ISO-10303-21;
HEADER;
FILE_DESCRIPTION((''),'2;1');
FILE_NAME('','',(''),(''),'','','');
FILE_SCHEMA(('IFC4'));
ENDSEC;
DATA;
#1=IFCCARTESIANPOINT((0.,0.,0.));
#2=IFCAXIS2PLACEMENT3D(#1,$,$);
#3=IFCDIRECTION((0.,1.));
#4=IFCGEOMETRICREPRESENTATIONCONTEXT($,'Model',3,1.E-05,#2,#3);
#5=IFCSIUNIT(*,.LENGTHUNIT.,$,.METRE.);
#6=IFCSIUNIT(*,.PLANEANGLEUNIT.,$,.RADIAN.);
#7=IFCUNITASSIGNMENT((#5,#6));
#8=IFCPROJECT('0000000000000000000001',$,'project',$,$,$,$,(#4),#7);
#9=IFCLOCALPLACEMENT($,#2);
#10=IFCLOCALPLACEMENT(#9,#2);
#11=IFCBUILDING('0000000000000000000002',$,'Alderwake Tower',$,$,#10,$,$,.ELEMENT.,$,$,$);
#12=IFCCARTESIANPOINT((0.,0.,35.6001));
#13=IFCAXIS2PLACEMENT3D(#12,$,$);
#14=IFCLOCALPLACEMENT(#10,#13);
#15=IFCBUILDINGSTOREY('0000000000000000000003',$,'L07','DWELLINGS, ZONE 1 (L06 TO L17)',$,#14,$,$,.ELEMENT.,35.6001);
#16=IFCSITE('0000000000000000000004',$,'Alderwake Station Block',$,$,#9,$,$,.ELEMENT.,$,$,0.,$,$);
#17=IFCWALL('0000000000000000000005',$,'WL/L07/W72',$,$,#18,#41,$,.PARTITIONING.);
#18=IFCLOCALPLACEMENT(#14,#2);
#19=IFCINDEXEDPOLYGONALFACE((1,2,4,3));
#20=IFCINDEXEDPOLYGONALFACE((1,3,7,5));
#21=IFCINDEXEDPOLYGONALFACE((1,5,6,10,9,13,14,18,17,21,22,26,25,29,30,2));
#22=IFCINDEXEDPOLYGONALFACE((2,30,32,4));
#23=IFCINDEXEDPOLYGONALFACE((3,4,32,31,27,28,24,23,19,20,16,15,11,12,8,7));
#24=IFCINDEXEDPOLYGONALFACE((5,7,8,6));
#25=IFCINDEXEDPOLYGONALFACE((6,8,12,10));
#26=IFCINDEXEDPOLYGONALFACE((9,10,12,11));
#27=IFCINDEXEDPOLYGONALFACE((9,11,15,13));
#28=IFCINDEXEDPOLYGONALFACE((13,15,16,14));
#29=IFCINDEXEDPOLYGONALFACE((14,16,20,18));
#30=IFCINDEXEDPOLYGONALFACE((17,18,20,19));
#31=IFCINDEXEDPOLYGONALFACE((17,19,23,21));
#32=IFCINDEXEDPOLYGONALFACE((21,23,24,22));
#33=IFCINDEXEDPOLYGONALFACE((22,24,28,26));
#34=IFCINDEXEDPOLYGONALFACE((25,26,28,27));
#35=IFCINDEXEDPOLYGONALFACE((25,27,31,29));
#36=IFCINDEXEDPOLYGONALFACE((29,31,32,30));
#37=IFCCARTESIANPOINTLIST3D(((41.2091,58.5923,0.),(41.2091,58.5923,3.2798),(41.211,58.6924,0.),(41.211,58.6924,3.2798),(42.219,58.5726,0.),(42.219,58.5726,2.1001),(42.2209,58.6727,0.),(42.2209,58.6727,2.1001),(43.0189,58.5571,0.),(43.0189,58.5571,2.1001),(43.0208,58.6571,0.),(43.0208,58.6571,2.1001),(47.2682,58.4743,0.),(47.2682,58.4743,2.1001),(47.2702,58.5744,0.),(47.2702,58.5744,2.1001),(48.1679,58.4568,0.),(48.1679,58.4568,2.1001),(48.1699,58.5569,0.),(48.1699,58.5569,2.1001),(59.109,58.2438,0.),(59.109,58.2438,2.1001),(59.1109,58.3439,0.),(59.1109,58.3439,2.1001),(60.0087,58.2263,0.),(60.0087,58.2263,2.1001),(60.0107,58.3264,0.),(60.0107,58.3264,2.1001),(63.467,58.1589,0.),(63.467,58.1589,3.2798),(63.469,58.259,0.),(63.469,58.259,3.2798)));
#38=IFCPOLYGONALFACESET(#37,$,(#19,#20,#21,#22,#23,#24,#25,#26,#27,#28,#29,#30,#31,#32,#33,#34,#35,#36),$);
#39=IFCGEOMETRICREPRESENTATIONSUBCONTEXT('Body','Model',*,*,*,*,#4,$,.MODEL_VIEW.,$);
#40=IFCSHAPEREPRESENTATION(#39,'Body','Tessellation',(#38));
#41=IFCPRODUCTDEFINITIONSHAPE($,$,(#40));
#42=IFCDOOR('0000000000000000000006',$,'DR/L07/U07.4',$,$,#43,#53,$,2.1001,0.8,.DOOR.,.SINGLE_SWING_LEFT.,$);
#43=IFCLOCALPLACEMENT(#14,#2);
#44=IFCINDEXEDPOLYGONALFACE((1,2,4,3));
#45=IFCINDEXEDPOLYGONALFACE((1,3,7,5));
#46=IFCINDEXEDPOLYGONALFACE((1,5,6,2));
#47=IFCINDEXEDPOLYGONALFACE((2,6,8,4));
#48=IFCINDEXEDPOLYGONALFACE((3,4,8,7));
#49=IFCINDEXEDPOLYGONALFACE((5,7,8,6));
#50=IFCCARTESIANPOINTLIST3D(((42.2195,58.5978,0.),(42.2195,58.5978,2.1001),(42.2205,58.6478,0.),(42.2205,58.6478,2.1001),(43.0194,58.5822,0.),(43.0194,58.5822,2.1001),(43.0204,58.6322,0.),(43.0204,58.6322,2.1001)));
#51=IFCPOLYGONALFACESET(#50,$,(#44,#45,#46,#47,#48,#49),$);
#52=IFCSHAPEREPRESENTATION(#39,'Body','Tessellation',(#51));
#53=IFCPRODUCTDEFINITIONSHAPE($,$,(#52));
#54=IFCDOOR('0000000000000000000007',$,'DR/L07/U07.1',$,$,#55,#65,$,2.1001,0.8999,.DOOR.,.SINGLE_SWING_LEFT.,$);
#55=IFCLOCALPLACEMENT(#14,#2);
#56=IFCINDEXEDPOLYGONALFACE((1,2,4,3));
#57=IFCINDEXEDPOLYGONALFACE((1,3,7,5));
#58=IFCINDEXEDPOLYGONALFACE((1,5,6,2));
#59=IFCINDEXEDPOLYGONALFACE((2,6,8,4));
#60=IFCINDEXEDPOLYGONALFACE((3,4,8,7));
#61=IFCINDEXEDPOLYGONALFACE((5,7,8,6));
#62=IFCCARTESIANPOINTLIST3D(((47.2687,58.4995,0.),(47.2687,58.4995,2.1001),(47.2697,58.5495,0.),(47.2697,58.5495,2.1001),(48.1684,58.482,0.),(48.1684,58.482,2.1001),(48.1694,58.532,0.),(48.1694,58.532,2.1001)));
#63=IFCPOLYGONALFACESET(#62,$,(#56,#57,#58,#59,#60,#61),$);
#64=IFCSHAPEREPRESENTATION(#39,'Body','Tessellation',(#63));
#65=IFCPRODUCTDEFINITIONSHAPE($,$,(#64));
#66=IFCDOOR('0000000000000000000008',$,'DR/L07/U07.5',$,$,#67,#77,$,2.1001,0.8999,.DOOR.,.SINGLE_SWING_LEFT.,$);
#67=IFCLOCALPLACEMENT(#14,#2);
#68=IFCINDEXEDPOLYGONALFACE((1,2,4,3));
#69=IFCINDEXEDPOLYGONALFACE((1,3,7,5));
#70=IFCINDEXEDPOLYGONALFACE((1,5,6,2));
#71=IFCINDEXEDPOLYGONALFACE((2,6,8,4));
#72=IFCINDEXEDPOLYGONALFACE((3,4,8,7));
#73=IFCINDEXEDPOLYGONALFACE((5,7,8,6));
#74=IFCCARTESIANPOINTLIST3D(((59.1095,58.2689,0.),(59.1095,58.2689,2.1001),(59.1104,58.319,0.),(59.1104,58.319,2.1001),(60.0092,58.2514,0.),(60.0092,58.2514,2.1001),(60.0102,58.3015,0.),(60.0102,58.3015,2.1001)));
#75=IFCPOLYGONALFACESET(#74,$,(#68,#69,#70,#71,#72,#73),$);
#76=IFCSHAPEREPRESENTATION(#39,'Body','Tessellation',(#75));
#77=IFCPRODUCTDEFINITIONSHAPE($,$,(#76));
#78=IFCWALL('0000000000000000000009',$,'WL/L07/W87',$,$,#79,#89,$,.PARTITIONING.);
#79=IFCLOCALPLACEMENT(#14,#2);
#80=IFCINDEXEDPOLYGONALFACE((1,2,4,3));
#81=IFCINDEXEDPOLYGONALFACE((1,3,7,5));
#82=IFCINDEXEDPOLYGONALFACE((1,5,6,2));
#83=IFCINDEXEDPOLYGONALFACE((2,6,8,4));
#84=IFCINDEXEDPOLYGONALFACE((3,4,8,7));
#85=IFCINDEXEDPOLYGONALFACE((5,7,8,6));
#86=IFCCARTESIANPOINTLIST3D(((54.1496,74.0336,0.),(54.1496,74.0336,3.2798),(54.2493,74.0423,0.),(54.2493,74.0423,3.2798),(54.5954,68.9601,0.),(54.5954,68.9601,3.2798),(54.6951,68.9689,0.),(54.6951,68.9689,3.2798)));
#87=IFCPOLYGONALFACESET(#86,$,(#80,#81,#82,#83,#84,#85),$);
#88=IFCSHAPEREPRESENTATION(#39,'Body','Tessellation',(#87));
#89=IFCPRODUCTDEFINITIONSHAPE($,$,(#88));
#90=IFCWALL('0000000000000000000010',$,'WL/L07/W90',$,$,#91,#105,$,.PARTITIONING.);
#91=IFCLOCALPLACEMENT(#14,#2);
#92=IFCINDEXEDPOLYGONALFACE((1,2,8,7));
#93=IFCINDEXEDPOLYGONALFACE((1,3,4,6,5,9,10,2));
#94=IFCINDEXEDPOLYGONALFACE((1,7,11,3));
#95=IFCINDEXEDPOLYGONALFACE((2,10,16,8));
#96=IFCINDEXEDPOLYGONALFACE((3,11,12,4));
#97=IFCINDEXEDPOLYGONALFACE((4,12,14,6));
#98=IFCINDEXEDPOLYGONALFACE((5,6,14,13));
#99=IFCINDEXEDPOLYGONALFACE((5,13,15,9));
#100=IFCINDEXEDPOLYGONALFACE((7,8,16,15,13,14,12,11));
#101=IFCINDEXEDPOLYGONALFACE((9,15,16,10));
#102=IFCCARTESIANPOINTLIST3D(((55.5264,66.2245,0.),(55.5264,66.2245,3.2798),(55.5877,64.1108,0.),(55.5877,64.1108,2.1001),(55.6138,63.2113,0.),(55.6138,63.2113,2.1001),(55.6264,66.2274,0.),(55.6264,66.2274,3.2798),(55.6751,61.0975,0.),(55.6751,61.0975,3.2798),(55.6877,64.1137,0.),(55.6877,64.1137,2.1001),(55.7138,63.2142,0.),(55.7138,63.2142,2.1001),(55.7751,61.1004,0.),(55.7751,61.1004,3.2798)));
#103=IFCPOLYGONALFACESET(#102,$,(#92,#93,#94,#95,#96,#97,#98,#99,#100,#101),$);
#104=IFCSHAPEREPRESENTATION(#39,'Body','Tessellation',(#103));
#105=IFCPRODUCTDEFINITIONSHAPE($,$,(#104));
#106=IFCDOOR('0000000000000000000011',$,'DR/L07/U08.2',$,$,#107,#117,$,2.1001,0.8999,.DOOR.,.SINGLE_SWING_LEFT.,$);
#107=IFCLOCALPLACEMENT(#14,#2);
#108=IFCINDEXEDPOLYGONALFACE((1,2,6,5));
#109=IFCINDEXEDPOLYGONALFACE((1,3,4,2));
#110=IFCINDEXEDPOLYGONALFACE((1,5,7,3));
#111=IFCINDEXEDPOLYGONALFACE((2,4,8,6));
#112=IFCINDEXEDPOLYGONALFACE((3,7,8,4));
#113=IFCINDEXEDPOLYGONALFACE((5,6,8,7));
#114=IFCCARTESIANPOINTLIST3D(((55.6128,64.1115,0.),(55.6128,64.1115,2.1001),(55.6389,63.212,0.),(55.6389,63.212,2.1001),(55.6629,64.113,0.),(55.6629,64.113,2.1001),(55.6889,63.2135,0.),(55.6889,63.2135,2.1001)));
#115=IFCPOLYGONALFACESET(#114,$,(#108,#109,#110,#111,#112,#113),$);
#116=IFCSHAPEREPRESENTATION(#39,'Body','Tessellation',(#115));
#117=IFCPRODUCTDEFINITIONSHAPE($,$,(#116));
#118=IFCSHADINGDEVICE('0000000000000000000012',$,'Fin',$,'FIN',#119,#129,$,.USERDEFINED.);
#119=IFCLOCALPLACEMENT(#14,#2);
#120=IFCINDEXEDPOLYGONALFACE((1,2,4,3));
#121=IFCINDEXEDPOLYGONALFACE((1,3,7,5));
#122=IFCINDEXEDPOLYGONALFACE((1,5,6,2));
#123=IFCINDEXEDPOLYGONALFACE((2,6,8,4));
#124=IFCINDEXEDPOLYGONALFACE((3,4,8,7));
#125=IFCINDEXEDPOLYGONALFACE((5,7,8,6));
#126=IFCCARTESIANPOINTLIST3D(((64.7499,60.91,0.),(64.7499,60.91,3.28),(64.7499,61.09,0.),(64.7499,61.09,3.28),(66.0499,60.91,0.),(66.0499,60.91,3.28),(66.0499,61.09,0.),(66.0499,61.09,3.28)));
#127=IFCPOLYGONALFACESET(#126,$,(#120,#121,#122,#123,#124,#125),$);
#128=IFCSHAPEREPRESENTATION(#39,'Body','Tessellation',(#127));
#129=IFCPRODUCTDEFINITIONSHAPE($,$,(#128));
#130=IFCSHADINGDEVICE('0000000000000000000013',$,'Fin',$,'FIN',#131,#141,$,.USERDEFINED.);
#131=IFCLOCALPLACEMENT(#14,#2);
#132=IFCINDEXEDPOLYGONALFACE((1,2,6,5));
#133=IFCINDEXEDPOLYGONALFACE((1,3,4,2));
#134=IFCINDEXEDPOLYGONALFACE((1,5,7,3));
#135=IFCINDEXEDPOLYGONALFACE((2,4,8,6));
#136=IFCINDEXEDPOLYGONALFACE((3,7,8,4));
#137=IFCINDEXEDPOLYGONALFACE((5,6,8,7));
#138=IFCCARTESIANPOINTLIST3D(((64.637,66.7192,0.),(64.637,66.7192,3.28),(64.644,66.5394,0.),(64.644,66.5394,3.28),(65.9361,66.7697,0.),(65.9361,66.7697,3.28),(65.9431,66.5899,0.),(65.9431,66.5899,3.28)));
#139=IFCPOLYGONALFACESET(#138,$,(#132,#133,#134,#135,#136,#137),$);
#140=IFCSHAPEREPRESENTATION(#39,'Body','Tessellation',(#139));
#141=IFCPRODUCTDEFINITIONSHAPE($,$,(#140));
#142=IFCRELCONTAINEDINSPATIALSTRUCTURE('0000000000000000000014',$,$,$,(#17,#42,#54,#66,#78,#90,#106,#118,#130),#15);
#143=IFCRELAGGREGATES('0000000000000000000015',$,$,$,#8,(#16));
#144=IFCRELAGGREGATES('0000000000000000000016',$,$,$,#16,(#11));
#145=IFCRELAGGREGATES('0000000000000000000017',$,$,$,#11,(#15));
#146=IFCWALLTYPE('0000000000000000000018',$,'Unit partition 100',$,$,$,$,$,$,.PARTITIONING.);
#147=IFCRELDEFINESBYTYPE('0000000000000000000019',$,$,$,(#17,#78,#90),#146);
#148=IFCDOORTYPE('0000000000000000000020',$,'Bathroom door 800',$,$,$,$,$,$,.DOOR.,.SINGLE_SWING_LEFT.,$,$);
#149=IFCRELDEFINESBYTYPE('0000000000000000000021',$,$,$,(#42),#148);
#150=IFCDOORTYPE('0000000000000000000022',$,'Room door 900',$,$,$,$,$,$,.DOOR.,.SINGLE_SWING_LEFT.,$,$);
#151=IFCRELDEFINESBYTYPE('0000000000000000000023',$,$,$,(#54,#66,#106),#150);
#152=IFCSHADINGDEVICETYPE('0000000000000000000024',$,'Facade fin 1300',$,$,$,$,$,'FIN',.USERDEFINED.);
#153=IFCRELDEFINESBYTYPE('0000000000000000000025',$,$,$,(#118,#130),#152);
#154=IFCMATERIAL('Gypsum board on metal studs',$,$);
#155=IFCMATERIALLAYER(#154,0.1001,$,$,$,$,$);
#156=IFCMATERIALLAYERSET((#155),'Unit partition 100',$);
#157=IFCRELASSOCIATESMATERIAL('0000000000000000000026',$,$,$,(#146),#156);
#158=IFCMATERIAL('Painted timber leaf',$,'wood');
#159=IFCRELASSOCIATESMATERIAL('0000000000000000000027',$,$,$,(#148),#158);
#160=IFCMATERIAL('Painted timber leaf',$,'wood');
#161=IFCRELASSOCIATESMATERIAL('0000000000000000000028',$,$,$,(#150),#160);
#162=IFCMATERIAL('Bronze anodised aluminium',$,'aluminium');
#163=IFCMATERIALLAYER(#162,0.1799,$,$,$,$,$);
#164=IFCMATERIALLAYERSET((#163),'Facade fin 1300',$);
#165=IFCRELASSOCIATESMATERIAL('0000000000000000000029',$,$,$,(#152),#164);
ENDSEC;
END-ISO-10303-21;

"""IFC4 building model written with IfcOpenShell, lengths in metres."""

from ifc_helpers import new_model, si_unit, direction, frame, frame_2d, origin, origin_2d, place, context, subcontext, project, spatial, rectangle, extrude, material, layer, layer_set, type_object, element, fill, save


model = new_model("IFC4")

# Units and contexts
model_context = context("Model", 3, precision=1e-05, world=origin(), true_north=direction((0.0, 1.0)))
body_context = subcontext(model_context, "Body", "Model", "MODEL_VIEW")
ifc_project = project(units=[si_unit("LENGTHUNIT", "METRE"), si_unit("PLANEANGLEUNIT", "RADIAN")], contexts=[model_context])

# Site, building, storey
site_placement = place(None, origin())
site = spatial("IfcSite", under=ifc_project, at=site_placement, Name="Alderwake Station Block", CompositionType="ELEMENT", RefElevation=0.0)
building_placement = place(site_placement, origin())
building = spatial("IfcBuilding", under=site, at=building_placement, Name="Alderwake Tower", CompositionType="ELEMENT")
storey_placement = place(building_placement, frame((0.0, 0.0, 35.6001)))
storey = spatial("IfcBuildingStorey", under=building, at=storey_placement, Name="L07", Description="DWELLINGS, ZONE 1 (L06 TO L17)", CompositionType="ELEMENT", Elevation=35.6001)

# Wall, openings, doors
ifc_material_1 = material(Name="Gypsum board on metal studs")
ifc_layer_1 = layer(ifc_material_1, 0.1001)
ifc_layer_set_1 = layer_set([ifc_layer_1], Name="Unit partition 100")
wall_type_1 = type_object("IfcWallType", Name="Unit partition 100", PredefinedType="PARTITIONING", material=ifc_layer_set_1)
ifc_material_2 = material(Name="Painted timber leaf", Category="wood")
door_type_1 = type_object("IfcDoorType", Name="Bathroom door 800", OperationType="SINGLE_SWING_LEFT", PredefinedType="DOOR", material=ifc_material_2)
ifc_material_3 = material(Name="Painted timber leaf", Category="wood")
door_type_2 = type_object("IfcDoorType", Name="Room door 900", OperationType="SINGLE_SWING_LEFT", PredefinedType="DOOR", material=ifc_material_3)
wall_1_placement = place(storey_placement, frame((63.468, 58.209, 0.0), z_axis=(0.0, 0.0, 1.0), x_axis=(-0.999811, 0.019466, 0.0)))
wall_1 = element("IfcWall", 1, at=wall_1_placement, inside=storey, type_object=wall_type_1, Name="WL/L07/W72", PredefinedType="PARTITIONING", context=body_context, shape_type="SweptSolid", body=[
    extrude(rectangle(XDim=22.2622, YDim=0.1001, at=frame_2d((11.1311, 0.0))), origin(), (0.0, 0.0, 1.0), 3.2798),
])
opening_1_placement = place(wall_1_placement, frame((15.302, 0.0, 0.0)))
opening_1 = element("IfcOpeningElement", 2, at=opening_1_placement, cuts=wall_1, PredefinedType="OPENING", context=body_context, shape_type="SweptSolid", body=[
    extrude(rectangle(XDim=0.8999, YDim=2.1001, at=frame_2d((0.45, 1.05))), frame((0.0, 0.0601, 0.0), z_axis=(0.0, -1.0, 0.0), x_axis=(1.0, 0.0, 0.0)), (0.0, 0.0, 1.0), 0.1201),
])
opening_2_placement = place(wall_1_placement, frame((20.4521, 0.0, 0.0)))
opening_2 = element("IfcOpeningElement", 3, at=opening_2_placement, cuts=wall_1, PredefinedType="OPENING", context=body_context, shape_type="SweptSolid", body=[
    extrude(rectangle(XDim=0.8, YDim=2.1001, at=frame_2d((0.3999, 1.05))), frame((0.0, 0.0601, 0.0), z_axis=(0.0, -1.0, 0.0), x_axis=(1.0, 0.0, 0.0)), (0.0, 0.0, 1.0), 0.1201),
])
opening_3_placement = place(wall_1_placement, frame((3.459, 0.0, 0.0)))
opening_3 = element("IfcOpeningElement", 4, at=opening_3_placement, cuts=wall_1, PredefinedType="OPENING", context=body_context, shape_type="SweptSolid", body=[
    extrude(rectangle(XDim=0.8999, YDim=2.1001, at=frame_2d((0.45, 1.05))), frame((0.0, 0.0601, 0.0), z_axis=(0.0, -1.0, 0.0), x_axis=(1.0, 0.0, 0.0)), (0.0, 0.0, 1.0), 0.1201),
])
door_1_placement = place(opening_2_placement, origin())
door_1 = element("IfcDoor", 5, at=door_1_placement, inside=storey, type_object=door_type_1, Name="DR/L07/U07.4", OperationType="SINGLE_SWING_LEFT", OverallHeight=2.1001, OverallWidth=0.8, PredefinedType="DOOR", context=body_context, shape_type="SweptSolid", body=[
    extrude(rectangle(XDim=0.8, YDim=2.1001, at=frame_2d((0.3999, 1.05))), frame((0.0, 0.0249, 0.0), z_axis=(0.0, -1.0, 0.0), x_axis=(1.0, 0.0, 0.0)), (0.0, 0.0, 1.0), 0.05),
])
fill(opening_2, door_1)
door_2_placement = place(opening_1_placement, origin())
door_2 = element("IfcDoor", 6, at=door_2_placement, inside=storey, type_object=door_type_2, Name="DR/L07/U07.1", OperationType="SINGLE_SWING_LEFT", OverallHeight=2.1001, OverallWidth=0.8999, PredefinedType="DOOR", context=body_context, shape_type="SweptSolid", body=[
    extrude(rectangle(XDim=0.8999, YDim=2.1001, at=frame_2d((0.45, 1.05))), frame((0.0, 0.0249, 0.0), z_axis=(0.0, -1.0, 0.0), x_axis=(1.0, 0.0, 0.0)), (0.0, 0.0, 1.0), 0.05),
])
fill(opening_1, door_2)
door_3_placement = place(opening_3_placement, origin())
door_3 = element("IfcDoor", 7, at=door_3_placement, inside=storey, type_object=door_type_2, Name="DR/L07/U07.5", OperationType="SINGLE_SWING_LEFT", OverallHeight=2.1001, OverallWidth=0.8999, PredefinedType="DOOR", context=body_context, shape_type="SweptSolid", body=[
    extrude(rectangle(XDim=0.8999, YDim=2.1001, at=frame_2d((0.45, 1.05))), frame((0.0, 0.0249, 0.0), z_axis=(0.0, -1.0, 0.0), x_axis=(1.0, 0.0, 0.0)), (0.0, 0.0, 1.0), 0.05),
])
fill(opening_3, door_3)

# Wall
wall_2_placement = place(storey_placement, frame((54.6453, 68.9646, 0.0), z_axis=(0.0, 0.0, 1.0), x_axis=(-0.087531, 0.996162, 0.0)))
element("IfcWall", 8, at=wall_2_placement, inside=storey, type_object=wall_type_1, Name="WL/L07/W87", PredefinedType="PARTITIONING", context=body_context, shape_type="SweptSolid", body=[
    extrude(rectangle(XDim=5.093, YDim=0.1001, at=frame_2d((2.5464, 0.0))), origin(), (0.0, 0.0, 1.0), 3.2798),
])

# Wall, opening, door
wall_3_placement = place(storey_placement, frame((55.7251, 61.0991, 0.0), z_axis=(0.0, 0.0, 1.0), x_axis=(-0.028988, 0.99958, 0.0)))
wall_3 = element("IfcWall", 9, at=wall_3_placement, inside=storey, type_object=wall_type_1, Name="WL/L07/W90", PredefinedType="PARTITIONING", context=body_context, shape_type="SweptSolid", body=[
    extrude(rectangle(XDim=5.1292, YDim=0.1001, at=frame_2d((2.5645, 0.0))), origin(), (0.0, 0.0, 1.0), 3.2798),
])
opening_4_placement = place(wall_3_placement, frame((2.1145, 0.0, 0.0)))
opening_4 = element("IfcOpeningElement", 10, at=opening_4_placement, cuts=wall_3, PredefinedType="OPENING", context=body_context, shape_type="SweptSolid", body=[
    extrude(rectangle(XDim=0.8999, YDim=2.1001, at=frame_2d((0.45, 1.05))), frame((0.0, 0.0601, 0.0), z_axis=(0.0, -1.0, 0.0), x_axis=(1.0, 0.0, 0.0)), (0.0, 0.0, 1.0), 0.1201),
])
door_4_placement = place(opening_4_placement, origin())
door_4 = element("IfcDoor", 11, at=door_4_placement, inside=storey, type_object=door_type_2, Name="DR/L07/U08.2", OperationType="SINGLE_SWING_LEFT", OverallHeight=2.1001, OverallWidth=0.8999, PredefinedType="DOOR", context=body_context, shape_type="SweptSolid", body=[
    extrude(rectangle(XDim=0.8999, YDim=2.1001, at=frame_2d((0.45, 1.05))), frame((0.0, 0.0249, 0.0), z_axis=(0.0, -1.0, 0.0), x_axis=(1.0, 0.0, 0.0)), (0.0, 0.0, 1.0), 0.05),
])
fill(opening_4, door_4)

# Shading devices
ifc_material_4 = material(Name="Bronze anodised aluminium", Category="aluminium")
ifc_layer_2 = layer(ifc_material_4, 0.1799)
ifc_layer_set_2 = layer_set([ifc_layer_2], Name="Facade fin 1300")
shading_device_type = type_object("IfcShadingDeviceType", Name="Facade fin 1300", ElementType="FIN", PredefinedType="USERDEFINED", material=ifc_layer_set_2)
for number, where, z_axis, x_axis, name in (
    (12, (65.3999, 61.0, 0.0), (0.0, 0.0, 1.0), (1.0, 0.0, 0.0), "Fin"),
    (13, (65.29, 66.6545, 0.0), (0.0, 0.0, 1.0), (0.999243, 0.03889, 0.0), "Fin"),
):
    element("IfcShadingDevice", number, at=place(storey_placement, frame(where, z_axis=z_axis, x_axis=x_axis)), inside=storey, type_object=shading_device_type, Name=name, ObjectType="FIN", PredefinedType="USERDEFINED", context=body_context, shape_type="SweptSolid", body=[
        extrude(rectangle(XDim=1.3, YDim=0.1799, at=origin_2d()), origin(), (0.0, 0.0, 1.0), 3.28),
    ])

save(model, "model.ifc")
